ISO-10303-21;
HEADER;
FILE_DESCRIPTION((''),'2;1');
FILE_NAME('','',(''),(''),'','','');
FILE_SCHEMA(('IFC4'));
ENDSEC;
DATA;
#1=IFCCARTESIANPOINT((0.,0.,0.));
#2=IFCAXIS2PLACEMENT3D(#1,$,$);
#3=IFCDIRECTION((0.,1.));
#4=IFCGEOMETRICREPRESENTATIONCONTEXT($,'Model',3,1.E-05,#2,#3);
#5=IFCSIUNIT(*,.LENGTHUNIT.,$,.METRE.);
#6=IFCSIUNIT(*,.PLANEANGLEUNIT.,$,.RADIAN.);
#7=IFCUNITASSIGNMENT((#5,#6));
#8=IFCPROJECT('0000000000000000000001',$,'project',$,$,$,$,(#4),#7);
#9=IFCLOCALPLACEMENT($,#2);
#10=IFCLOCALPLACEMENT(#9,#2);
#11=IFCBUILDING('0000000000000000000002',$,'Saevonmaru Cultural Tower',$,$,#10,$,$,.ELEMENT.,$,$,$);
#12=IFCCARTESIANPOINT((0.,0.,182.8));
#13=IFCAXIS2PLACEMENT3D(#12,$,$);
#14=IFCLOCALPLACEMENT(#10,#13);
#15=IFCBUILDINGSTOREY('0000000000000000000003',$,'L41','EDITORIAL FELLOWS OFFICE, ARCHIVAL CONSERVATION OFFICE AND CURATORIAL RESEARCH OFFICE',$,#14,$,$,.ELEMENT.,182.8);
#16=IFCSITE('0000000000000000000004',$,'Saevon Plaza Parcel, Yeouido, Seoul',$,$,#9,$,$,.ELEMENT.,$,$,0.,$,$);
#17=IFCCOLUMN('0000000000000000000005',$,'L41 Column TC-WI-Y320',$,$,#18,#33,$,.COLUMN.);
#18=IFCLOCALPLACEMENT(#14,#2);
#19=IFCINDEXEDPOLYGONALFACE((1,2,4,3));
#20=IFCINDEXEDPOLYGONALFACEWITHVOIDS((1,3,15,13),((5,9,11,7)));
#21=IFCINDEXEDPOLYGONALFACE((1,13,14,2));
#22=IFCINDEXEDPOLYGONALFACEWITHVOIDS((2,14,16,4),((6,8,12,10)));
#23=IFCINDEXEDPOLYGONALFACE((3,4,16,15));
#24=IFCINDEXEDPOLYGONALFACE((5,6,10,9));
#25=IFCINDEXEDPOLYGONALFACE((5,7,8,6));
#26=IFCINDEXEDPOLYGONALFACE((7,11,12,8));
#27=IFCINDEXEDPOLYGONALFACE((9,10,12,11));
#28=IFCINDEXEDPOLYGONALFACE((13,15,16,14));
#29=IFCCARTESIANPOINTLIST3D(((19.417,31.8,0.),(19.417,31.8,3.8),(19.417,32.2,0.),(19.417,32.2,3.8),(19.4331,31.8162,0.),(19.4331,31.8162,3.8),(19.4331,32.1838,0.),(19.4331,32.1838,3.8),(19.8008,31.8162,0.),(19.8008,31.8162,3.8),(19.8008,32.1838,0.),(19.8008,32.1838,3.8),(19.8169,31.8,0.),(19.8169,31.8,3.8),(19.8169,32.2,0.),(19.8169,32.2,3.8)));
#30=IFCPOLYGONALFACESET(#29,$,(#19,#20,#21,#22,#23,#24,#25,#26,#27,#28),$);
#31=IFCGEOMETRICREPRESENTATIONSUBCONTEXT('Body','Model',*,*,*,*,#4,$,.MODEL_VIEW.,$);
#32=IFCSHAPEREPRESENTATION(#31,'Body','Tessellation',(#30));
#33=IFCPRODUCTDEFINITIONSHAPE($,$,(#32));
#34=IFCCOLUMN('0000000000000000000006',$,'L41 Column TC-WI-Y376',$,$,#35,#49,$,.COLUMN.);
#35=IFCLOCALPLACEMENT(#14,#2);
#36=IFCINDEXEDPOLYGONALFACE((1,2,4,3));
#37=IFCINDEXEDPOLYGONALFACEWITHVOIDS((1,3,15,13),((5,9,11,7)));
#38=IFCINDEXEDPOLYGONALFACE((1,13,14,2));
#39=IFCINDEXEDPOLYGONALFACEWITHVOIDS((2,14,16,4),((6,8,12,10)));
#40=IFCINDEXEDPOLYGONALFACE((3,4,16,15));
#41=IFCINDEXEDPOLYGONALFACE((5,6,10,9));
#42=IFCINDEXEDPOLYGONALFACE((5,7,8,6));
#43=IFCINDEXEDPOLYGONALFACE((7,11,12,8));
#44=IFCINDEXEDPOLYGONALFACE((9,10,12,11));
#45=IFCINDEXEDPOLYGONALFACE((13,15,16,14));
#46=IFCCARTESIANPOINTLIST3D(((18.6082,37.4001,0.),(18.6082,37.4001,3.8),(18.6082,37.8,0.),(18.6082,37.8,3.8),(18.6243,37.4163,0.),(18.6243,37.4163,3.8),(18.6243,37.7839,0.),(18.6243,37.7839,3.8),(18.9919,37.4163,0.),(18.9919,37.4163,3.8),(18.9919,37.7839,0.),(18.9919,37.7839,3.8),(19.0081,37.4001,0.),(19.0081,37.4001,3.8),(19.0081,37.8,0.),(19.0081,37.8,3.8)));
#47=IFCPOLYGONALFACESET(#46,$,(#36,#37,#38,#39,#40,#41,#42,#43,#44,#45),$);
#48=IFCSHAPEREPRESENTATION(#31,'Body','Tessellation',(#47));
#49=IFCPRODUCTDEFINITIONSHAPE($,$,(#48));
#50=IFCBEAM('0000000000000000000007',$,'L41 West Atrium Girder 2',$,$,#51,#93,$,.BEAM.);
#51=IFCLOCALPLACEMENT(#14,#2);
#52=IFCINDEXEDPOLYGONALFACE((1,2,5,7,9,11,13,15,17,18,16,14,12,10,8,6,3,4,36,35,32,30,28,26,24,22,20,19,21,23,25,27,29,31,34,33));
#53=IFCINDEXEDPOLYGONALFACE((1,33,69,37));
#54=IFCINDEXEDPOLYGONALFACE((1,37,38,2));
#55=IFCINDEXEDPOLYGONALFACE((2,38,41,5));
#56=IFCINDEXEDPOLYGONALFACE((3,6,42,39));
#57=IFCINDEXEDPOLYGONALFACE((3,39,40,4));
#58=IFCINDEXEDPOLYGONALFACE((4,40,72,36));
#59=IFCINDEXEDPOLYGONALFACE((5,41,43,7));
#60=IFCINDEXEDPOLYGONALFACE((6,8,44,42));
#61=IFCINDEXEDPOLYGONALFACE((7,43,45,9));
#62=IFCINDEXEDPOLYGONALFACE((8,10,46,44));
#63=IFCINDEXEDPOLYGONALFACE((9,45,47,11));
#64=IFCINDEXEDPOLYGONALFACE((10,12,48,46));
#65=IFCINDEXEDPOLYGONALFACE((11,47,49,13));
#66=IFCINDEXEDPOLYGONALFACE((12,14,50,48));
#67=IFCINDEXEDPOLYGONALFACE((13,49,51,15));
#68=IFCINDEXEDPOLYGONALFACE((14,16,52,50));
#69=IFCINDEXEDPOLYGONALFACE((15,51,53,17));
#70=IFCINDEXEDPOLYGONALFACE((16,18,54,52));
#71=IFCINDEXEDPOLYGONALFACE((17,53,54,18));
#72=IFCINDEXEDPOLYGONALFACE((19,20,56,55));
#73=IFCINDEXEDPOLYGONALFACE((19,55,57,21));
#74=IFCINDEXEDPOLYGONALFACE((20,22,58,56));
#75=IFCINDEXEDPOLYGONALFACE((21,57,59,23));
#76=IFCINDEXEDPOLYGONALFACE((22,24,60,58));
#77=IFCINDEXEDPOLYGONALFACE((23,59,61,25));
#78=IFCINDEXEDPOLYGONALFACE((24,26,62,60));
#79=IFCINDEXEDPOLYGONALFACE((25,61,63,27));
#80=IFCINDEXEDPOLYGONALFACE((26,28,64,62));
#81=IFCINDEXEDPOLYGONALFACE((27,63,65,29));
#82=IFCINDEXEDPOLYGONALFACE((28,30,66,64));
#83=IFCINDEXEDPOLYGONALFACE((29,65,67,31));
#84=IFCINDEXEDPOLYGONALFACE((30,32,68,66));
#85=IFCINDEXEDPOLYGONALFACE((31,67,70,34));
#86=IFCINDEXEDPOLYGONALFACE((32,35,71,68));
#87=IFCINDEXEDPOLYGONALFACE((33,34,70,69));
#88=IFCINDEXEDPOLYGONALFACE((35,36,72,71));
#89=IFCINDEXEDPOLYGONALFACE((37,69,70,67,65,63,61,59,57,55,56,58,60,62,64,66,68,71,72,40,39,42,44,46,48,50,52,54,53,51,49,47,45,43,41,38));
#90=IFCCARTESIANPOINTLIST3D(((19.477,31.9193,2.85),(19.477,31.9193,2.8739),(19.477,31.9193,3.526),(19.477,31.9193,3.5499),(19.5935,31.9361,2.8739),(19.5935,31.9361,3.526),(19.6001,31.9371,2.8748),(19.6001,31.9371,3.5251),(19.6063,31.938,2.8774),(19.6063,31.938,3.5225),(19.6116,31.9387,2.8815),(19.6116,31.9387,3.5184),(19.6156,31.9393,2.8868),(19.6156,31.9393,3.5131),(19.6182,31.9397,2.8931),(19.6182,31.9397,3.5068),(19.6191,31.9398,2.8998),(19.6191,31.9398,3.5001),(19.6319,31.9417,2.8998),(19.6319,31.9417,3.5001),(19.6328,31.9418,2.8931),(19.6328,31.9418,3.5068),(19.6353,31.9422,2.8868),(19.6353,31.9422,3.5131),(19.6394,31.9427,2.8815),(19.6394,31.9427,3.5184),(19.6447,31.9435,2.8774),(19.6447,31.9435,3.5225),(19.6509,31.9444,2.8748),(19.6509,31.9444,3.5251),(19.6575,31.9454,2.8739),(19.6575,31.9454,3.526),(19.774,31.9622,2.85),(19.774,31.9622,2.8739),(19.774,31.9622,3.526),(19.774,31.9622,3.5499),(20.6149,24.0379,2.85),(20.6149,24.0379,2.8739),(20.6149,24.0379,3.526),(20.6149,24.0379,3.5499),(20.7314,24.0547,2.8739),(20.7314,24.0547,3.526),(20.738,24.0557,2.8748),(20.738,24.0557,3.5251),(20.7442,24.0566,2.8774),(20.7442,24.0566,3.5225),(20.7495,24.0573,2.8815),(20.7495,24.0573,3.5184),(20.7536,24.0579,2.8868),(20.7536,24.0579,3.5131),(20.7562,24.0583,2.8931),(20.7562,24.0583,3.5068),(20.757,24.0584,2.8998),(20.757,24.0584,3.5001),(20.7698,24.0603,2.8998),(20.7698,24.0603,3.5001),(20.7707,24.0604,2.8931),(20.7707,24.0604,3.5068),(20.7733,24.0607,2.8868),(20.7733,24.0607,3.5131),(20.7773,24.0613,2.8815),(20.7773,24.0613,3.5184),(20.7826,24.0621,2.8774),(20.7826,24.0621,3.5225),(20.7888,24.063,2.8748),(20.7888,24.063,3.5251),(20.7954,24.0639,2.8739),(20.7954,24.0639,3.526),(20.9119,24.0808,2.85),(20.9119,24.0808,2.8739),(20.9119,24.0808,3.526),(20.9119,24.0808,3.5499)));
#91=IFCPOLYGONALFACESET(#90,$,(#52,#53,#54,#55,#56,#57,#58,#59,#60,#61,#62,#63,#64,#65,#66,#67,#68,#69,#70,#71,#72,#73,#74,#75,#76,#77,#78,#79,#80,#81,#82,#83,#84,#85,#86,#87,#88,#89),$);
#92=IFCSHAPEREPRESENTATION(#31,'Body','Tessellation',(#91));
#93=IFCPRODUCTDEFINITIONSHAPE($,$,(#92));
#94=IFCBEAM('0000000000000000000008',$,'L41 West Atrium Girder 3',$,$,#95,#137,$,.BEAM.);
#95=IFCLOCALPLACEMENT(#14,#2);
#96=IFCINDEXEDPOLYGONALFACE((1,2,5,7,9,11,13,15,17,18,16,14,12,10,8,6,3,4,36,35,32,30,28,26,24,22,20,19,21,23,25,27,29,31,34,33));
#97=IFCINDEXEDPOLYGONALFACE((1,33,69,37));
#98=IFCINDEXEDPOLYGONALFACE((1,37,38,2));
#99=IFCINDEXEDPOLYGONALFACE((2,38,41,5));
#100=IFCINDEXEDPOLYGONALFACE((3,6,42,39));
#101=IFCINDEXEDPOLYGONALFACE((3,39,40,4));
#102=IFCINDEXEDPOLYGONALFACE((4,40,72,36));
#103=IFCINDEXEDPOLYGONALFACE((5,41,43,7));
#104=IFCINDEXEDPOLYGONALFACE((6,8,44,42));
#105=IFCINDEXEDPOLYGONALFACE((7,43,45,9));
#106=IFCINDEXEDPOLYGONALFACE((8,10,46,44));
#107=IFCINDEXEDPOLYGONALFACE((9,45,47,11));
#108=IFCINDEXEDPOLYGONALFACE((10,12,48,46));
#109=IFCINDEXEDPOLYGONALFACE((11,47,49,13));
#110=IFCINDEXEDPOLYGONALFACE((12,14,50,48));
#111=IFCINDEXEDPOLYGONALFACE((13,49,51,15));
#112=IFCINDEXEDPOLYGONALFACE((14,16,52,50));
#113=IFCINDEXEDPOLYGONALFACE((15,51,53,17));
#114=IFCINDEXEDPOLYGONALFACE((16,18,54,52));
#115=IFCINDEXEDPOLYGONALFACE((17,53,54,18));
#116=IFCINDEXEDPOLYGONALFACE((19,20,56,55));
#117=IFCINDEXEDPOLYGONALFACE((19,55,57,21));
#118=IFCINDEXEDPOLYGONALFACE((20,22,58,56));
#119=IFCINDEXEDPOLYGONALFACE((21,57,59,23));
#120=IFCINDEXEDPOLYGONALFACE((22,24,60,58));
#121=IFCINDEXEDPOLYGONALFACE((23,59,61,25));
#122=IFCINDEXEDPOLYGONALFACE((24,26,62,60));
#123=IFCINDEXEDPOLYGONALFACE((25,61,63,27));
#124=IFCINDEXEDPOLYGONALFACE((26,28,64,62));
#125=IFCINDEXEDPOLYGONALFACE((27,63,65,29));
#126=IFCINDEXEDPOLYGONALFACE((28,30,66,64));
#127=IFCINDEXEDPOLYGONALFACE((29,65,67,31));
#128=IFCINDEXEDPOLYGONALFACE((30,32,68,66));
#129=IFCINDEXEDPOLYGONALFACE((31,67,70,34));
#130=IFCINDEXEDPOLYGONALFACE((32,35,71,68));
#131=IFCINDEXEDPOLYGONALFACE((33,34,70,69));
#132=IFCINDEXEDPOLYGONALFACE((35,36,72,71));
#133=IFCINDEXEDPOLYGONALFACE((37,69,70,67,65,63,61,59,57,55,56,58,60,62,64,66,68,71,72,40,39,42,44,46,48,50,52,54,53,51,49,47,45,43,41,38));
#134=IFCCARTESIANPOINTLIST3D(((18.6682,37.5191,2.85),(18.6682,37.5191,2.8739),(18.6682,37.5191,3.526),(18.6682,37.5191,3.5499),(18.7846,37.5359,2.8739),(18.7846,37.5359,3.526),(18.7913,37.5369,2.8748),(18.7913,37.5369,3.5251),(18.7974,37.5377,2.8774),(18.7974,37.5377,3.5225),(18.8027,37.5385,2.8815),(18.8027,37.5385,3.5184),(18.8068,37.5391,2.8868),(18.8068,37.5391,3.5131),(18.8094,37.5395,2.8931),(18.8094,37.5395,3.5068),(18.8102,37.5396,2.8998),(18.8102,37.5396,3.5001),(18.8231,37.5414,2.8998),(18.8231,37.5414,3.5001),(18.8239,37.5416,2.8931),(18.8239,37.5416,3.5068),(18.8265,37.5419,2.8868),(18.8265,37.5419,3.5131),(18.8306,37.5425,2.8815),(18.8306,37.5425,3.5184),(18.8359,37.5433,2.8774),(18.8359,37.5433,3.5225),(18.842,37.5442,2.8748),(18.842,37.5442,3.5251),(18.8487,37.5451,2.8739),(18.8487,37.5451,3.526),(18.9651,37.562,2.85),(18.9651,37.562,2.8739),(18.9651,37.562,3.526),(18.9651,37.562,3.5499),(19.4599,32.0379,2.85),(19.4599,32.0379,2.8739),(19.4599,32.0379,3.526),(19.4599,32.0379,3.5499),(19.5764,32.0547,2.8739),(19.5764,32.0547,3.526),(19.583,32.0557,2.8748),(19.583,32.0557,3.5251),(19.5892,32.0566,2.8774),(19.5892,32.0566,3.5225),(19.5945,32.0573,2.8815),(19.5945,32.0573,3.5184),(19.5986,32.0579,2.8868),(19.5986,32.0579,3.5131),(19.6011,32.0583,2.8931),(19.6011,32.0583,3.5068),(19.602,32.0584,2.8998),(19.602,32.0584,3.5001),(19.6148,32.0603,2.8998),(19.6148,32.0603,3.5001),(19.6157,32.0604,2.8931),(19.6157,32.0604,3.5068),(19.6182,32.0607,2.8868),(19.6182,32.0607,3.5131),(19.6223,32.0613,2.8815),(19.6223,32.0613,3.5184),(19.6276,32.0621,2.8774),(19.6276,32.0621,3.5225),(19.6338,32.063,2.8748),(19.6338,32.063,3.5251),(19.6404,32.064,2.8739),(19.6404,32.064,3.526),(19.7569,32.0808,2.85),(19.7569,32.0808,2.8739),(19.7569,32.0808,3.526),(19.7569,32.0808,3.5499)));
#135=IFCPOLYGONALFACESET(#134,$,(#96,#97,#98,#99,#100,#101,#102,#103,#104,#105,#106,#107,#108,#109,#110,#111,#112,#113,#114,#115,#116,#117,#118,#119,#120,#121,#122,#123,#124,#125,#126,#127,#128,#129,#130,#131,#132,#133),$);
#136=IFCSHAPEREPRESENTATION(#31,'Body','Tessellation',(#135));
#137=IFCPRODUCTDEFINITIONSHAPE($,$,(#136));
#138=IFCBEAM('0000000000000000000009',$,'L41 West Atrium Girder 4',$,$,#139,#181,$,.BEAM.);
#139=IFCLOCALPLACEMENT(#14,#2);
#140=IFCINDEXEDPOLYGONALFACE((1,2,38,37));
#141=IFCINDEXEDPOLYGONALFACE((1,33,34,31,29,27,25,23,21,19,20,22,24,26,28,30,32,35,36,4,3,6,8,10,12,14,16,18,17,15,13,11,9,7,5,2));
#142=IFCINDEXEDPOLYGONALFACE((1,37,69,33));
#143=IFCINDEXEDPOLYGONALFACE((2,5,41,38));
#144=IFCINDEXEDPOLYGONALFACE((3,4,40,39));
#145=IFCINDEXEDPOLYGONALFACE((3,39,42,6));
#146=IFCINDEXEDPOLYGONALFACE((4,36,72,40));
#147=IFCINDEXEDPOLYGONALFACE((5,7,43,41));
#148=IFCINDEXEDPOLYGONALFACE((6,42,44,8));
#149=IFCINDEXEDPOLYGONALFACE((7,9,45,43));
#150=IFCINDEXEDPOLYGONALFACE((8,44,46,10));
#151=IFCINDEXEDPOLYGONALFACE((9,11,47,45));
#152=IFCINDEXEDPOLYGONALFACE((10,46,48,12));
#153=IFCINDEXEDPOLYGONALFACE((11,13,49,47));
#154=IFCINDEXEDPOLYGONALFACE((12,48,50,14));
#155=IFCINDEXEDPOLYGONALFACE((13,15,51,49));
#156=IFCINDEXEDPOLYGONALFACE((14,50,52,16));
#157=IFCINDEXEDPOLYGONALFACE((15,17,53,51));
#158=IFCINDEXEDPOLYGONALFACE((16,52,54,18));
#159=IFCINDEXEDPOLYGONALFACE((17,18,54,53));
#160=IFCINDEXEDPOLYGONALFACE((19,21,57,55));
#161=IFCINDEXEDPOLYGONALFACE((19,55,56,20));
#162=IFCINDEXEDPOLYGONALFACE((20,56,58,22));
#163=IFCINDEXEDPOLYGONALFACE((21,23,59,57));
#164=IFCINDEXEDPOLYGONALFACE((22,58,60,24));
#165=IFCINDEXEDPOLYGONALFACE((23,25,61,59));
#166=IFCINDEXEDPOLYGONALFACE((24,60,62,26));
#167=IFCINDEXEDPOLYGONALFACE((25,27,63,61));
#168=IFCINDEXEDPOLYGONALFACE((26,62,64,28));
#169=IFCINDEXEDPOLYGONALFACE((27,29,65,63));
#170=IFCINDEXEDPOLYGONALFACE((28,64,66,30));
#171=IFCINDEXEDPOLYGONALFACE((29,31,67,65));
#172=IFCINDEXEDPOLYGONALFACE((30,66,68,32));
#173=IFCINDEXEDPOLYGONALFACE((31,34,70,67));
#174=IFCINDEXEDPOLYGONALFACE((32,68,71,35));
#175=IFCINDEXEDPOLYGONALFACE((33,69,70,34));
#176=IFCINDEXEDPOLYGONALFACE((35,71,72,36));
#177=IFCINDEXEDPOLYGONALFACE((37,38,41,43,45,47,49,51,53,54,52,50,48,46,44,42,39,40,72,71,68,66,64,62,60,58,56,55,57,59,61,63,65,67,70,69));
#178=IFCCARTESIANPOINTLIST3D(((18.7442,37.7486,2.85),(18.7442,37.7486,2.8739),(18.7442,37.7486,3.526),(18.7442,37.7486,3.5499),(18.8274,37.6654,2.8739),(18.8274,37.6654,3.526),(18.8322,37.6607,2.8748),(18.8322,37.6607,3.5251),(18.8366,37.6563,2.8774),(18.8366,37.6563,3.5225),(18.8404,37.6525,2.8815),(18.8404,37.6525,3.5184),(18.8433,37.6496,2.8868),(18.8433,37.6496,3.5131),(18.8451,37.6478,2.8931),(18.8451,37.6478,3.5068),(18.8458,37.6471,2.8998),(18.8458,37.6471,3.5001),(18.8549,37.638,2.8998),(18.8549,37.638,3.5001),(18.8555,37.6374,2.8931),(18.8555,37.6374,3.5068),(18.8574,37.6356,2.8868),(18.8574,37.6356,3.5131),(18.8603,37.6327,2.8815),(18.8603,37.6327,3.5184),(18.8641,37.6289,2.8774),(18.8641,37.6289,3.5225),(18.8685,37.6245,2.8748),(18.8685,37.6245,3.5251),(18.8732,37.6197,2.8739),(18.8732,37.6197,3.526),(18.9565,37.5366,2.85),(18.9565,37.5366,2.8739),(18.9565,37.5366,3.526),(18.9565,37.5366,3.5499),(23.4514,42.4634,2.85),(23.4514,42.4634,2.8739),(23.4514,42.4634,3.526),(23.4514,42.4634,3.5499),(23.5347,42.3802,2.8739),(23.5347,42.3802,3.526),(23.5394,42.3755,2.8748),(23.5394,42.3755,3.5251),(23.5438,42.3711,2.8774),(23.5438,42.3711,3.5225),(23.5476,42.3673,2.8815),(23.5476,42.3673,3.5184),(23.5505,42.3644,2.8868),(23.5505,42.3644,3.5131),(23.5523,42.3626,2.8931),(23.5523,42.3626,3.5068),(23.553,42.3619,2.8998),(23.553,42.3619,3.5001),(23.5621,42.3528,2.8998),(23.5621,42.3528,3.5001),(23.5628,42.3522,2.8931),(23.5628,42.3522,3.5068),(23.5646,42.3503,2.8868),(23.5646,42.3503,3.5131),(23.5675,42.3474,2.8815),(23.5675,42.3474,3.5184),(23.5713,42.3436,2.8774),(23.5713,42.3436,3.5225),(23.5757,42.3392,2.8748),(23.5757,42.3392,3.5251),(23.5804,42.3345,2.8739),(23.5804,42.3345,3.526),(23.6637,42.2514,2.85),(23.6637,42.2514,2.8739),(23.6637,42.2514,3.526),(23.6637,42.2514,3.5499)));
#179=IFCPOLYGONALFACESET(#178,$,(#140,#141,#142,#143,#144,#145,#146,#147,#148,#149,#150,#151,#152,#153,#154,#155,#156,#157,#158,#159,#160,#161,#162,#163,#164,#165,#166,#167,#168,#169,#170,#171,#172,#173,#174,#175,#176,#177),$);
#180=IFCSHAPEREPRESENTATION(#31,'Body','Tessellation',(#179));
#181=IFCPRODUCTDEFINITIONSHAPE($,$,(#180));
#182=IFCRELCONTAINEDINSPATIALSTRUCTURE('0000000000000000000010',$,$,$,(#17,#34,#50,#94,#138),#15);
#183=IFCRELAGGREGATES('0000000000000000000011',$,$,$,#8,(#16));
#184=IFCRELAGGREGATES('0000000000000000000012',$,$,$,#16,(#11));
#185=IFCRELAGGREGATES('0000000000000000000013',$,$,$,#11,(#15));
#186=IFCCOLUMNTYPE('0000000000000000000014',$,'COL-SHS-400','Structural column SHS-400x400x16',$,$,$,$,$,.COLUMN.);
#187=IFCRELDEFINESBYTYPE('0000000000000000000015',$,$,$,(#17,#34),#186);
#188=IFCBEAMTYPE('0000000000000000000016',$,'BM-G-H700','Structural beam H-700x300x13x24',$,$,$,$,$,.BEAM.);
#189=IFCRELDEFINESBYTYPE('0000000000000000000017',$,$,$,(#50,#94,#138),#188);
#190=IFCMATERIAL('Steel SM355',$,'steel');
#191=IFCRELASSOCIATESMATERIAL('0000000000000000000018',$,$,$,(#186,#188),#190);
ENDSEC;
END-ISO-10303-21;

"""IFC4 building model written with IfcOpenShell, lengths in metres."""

from ifc_helpers import new_model, si_unit, direction, frame, origin, origin_2d, place, context, subcontext, project, spatial, hollow_rectangle, i_section, extrude, material, material_profile, profile_set, type_object, element, save


model = new_model("IFC4")

# Units and contexts
model_context = context("Model", 3, precision=1e-05, world=origin(), true_north=direction((0.0, 1.0)))
body_context = subcontext(model_context, "Body", "Model", "MODEL_VIEW")
ifc_project = project(units=[si_unit("LENGTHUNIT", "METRE"), si_unit("PLANEANGLEUNIT", "RADIAN")], contexts=[model_context])

# Site, building, storey
site_placement = place(None, origin())
site = spatial("IfcSite", under=ifc_project, at=site_placement, Name="Saevon Plaza Parcel, Yeouido, Seoul", CompositionType="ELEMENT", RefElevation=0.0)
building_placement = place(site_placement, origin())
building = spatial("IfcBuilding", under=site, at=building_placement, Name="Saevonmaru Cultural Tower", CompositionType="ELEMENT")
storey_placement = place(building_placement, frame((0.0, 0.0, 182.8)))
storey = spatial("IfcBuildingStorey", under=building, at=storey_placement, Name="L41", Description="EDITORIAL FELLOWS OFFICE, ARCHIVAL CONSERVATION OFFICE AND CURATORIAL RESEARCH OFFICE", CompositionType="ELEMENT", Elevation=182.8)

# Columns
ifc_material_1 = material(Name="Steel SM355", Category="steel")
ifc_material_profile_1 = material_profile(ifc_material_1, hollow_rectangle(XDim=0.3999, YDim=0.3999, WallThickness=0.0161, at=origin_2d()), Name="SHS-400x400x16")
ifc_profile_set_1 = profile_set([ifc_material_profile_1], Name="Steel SM355")
column_type = type_object("IfcColumnType", Name="COL-SHS-400", Description="Structural column SHS-400x400x16", PredefinedType="COLUMN", material=ifc_profile_set_1)
for number, where, z_axis, x_axis, name in (
    (1, (19.6169, 32.0, 0.0), (0.0, 0.0, 1.0), (1.0, 0.0, 0.0), "L41 Column TC-WI-Y320"),
    (2, (18.8081, 37.6001, 0.0), (0.0, 0.0, 1.0), (1.0, 0.0, 0.0), "L41 Column TC-WI-Y376"),
):
    element("IfcColumn", number, at=place(storey_placement, frame(where, z_axis=z_axis, x_axis=x_axis)), inside=storey, type_object=column_type, Name=name, PredefinedType="COLUMN", context=body_context, shape_type="SweptSolid", body=[
        extrude(hollow_rectangle(XDim=0.3999, YDim=0.3999, WallThickness=0.0161, at=origin_2d()), origin(), (0.0, 0.0, 1.0), 3.8),
    ])

# Beams
ifc_material_profile_2 = material_profile(ifc_material_1, i_section(OverallWidth=0.3, OverallDepth=0.7, WebThickness=0.0129, FlangeThickness=0.0239, FilletRadius=0.0259, at=origin_2d()), Name="H-700x300x13x24")
ifc_profile_set_2 = profile_set([ifc_material_profile_2], Name="Steel SM355")
beam_type = type_object("IfcBeamType", Name="BM-G-H700", Description="Structural beam H-700x300x13x24", PredefinedType="BEAM", material=ifc_profile_set_2)
beam_1_placement = place(storey_placement, frame((20.7634, 24.0593, 3.2), z_axis=(-0.142902, 0.989737, 0.0), x_axis=(-0.989737, -0.142902, 0.0)))
element("IfcBeam", 3, at=beam_1_placement, inside=storey, type_object=beam_type, Name="L41 West Atrium Girder 2", PredefinedType="BEAM", context=body_context, shape_type="SweptSolid", body=[
    extrude(i_section(OverallWidth=0.3, OverallDepth=0.7, WebThickness=0.0129, FlangeThickness=0.0239, FilletRadius=0.0259, at=origin_2d()), origin(), (0.0, 0.0, 1.0), 7.9631),
])
beam_2_placement = place(storey_placement, frame((19.6084, 32.0593, 3.2), z_axis=(-0.142964, 0.989728, 0.0), x_axis=(-0.989728, -0.142964, 0.0)))
element("IfcBeam", 4, at=beam_2_placement, inside=storey, type_object=beam_type, Name="L41 West Atrium Girder 3", PredefinedType="BEAM", context=body_context, shape_type="SweptSolid", body=[
    extrude(i_section(OverallWidth=0.3, OverallDepth=0.7, WebThickness=0.0129, FlangeThickness=0.0239, FilletRadius=0.0259, at=origin_2d()), origin(), (0.0, 0.0, 1.0), 5.5381),
])
beam_3_placement = place(storey_placement, frame((18.8503, 37.6426, 3.2), z_axis=(0.706539, 0.707675, 0.0), x_axis=(-0.707675, 0.706539, 0.0)))
element("IfcBeam", 5, at=beam_3_placement, inside=storey, type_object=beam_type, Name="L41 West Atrium Girder 4", PredefinedType="BEAM", context=body_context, shape_type="SweptSolid", body=[
    extrude(i_section(OverallWidth=0.3, OverallDepth=0.7, WebThickness=0.0129, FlangeThickness=0.0239, FilletRadius=0.0259, at=origin_2d()), origin(), (0.0, 0.0, 1.0), 6.6624),
])

save(model, "model.ifc")
